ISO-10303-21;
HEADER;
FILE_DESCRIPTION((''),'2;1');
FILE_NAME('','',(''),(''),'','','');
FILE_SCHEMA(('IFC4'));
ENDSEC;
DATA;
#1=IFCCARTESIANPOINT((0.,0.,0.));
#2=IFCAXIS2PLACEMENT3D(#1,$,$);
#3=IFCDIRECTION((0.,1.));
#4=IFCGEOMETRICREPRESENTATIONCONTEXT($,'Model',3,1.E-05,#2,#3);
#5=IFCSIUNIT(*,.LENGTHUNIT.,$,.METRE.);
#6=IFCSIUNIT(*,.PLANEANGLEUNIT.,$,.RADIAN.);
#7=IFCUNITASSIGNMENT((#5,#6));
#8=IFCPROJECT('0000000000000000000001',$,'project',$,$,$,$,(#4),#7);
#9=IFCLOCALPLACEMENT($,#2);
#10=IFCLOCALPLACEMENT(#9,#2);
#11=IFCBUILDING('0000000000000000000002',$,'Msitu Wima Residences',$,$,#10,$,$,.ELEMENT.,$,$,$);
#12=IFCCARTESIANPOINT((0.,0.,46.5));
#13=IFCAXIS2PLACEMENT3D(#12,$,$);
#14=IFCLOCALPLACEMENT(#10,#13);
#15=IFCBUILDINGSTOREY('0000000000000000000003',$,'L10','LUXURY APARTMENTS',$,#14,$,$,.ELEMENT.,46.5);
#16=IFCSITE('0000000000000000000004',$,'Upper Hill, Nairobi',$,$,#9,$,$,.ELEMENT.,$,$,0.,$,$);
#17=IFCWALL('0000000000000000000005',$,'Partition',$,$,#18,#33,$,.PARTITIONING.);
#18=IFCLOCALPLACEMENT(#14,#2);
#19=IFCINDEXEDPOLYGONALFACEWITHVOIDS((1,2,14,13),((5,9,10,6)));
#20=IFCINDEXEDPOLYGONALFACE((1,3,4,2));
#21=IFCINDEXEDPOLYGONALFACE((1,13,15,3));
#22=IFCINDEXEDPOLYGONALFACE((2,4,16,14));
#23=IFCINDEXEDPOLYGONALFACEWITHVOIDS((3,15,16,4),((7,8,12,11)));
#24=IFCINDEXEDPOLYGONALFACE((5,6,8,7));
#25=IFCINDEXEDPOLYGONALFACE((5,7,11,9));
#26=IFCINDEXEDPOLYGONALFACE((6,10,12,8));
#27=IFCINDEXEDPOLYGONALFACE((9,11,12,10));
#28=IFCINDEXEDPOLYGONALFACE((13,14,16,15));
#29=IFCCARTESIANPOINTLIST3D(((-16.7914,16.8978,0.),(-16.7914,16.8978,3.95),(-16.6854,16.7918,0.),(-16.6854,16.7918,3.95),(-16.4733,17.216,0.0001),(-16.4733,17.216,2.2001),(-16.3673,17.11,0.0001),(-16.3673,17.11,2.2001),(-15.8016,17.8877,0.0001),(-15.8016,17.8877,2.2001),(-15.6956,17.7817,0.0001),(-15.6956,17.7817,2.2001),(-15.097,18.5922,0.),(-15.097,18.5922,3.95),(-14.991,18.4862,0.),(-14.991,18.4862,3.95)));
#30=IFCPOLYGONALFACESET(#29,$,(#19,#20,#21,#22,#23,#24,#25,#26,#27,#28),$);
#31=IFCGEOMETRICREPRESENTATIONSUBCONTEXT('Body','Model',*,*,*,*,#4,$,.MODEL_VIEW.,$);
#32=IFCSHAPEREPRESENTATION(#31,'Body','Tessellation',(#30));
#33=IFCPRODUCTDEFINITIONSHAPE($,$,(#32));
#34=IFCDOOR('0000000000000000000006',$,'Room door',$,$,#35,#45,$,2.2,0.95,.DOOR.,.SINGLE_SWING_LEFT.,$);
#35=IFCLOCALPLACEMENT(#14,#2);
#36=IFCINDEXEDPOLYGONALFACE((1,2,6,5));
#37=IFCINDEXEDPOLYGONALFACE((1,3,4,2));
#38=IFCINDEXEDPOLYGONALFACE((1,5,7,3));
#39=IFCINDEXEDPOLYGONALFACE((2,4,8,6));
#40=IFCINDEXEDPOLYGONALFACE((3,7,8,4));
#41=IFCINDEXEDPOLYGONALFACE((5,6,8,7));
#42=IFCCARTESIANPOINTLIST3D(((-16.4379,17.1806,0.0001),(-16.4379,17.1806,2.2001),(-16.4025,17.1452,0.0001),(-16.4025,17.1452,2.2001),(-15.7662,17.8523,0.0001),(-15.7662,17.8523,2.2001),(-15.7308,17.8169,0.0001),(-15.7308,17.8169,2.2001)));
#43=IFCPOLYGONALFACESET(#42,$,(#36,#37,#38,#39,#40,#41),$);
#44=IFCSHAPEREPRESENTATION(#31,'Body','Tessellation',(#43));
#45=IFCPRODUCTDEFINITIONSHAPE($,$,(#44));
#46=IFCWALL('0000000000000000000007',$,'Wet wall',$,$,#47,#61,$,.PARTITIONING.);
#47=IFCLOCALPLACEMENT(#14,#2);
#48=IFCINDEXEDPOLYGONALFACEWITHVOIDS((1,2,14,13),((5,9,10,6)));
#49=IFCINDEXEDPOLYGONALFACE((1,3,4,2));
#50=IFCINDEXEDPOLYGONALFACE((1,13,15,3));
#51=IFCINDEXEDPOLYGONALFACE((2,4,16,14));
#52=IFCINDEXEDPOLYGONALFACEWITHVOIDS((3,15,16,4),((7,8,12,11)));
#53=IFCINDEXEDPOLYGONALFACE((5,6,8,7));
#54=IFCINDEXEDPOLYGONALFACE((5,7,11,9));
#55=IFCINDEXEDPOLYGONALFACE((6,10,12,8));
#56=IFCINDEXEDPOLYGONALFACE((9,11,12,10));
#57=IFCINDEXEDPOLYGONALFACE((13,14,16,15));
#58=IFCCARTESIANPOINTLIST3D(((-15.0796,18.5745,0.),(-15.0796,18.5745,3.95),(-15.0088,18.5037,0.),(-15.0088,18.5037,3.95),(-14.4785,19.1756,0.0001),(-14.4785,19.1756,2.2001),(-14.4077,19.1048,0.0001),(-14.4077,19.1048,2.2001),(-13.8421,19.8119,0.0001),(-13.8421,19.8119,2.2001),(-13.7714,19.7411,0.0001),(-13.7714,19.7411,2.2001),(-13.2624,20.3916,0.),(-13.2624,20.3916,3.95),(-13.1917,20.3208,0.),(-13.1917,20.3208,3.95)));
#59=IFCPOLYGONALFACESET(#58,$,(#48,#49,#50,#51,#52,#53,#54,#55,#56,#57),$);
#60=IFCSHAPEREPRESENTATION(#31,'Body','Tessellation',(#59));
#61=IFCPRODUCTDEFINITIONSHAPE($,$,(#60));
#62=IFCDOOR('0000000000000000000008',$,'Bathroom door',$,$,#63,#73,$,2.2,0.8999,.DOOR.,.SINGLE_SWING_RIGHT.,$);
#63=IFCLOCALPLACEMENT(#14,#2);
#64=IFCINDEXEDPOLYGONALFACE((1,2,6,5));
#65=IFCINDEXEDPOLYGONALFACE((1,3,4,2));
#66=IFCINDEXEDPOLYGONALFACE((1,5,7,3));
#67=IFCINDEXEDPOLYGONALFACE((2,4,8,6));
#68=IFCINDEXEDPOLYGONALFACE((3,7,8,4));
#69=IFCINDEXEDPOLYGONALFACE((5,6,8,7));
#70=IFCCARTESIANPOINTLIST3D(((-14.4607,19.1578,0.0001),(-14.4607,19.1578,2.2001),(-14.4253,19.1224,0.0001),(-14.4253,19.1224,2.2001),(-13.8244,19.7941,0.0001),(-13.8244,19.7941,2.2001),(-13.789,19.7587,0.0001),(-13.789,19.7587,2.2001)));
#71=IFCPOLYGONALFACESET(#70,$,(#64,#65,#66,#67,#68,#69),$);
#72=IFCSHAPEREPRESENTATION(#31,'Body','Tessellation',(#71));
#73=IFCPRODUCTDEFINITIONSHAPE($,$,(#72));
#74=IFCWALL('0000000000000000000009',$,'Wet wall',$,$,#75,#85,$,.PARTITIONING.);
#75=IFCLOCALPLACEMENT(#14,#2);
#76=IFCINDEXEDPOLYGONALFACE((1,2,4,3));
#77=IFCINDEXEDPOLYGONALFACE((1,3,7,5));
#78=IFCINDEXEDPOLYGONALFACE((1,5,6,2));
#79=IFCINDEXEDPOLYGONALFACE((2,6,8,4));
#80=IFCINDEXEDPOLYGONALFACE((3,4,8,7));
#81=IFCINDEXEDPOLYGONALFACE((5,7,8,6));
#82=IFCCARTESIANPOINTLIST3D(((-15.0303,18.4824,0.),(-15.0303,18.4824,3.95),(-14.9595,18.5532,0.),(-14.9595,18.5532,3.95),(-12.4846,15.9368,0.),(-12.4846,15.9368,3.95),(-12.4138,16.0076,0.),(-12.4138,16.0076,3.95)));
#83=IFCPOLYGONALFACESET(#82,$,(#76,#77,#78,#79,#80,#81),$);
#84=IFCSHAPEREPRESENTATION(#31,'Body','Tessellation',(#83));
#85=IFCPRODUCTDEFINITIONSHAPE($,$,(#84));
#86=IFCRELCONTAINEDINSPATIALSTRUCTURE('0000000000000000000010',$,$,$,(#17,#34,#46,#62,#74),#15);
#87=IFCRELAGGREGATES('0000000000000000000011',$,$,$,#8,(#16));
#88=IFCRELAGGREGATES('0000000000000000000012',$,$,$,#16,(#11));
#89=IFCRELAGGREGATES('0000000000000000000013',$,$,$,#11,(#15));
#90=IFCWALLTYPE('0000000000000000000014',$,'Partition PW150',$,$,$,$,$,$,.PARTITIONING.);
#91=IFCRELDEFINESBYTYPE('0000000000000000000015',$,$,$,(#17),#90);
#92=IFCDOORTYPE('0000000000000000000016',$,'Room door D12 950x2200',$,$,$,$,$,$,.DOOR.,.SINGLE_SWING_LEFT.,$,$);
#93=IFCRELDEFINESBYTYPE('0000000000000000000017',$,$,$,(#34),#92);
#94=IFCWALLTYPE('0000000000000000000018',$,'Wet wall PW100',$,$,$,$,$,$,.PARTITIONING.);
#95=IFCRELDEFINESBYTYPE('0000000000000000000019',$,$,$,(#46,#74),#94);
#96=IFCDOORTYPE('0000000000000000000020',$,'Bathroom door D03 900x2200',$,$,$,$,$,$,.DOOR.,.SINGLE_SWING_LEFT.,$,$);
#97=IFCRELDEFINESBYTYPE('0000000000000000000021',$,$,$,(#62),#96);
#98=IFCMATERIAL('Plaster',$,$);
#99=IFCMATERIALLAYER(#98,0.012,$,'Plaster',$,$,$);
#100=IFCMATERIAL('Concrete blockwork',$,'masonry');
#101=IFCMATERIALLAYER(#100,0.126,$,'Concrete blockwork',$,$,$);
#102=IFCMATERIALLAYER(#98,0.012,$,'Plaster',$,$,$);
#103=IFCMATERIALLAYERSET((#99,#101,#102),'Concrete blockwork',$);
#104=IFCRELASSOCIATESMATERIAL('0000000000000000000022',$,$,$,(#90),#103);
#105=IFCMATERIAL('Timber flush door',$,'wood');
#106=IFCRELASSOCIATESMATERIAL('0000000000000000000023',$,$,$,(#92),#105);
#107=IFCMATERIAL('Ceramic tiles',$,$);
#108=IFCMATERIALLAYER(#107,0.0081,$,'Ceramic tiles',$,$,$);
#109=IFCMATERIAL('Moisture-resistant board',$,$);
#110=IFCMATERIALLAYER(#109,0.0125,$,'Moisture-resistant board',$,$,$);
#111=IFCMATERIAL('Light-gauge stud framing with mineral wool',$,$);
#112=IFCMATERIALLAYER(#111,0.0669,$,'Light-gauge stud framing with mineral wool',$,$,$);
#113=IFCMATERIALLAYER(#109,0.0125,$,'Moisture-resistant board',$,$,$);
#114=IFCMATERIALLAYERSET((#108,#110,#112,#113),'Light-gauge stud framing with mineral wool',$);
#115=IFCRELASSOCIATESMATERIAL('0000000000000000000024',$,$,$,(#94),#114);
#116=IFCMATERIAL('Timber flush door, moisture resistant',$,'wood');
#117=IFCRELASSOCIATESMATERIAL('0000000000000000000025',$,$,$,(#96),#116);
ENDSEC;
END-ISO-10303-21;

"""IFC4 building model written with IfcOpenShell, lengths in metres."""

from ifc_helpers import new_model, si_unit, direction, frame, frame_2d, origin, place, context, subcontext, project, spatial, rectangle, extrude, material, layer, layer_set, type_object, element, fill, save


model = new_model("IFC4")

# Units and contexts
model_context = context("Model", 3, precision=1e-05, world=origin(), true_north=direction((0.0, 1.0)))
body_context = subcontext(model_context, "Body", "Model", "MODEL_VIEW")
ifc_project = project(units=[si_unit("LENGTHUNIT", "METRE"), si_unit("PLANEANGLEUNIT", "RADIAN")], contexts=[model_context])

# Site, building, storey
site_placement = place(None, origin())
site = spatial("IfcSite", under=ifc_project, at=site_placement, Name="Upper Hill, Nairobi", CompositionType="ELEMENT", RefElevation=0.0)
building_placement = place(site_placement, origin())
building = spatial("IfcBuilding", under=site, at=building_placement, Name="Msitu Wima Residences", CompositionType="ELEMENT")
storey_placement = place(building_placement, frame((0.0, 0.0, 46.5)))
storey = spatial("IfcBuildingStorey", under=building, at=storey_placement, Name="L10", Description="LUXURY APARTMENTS", CompositionType="ELEMENT", Elevation=46.5)

# Shared definitions
ifc_material_1 = material(Name="Plaster")
ifc_layer_1 = layer(ifc_material_1, 0.012, Name="Plaster")
ifc_material_2 = material(Name="Concrete blockwork", Category="masonry")
ifc_layer_2 = layer(ifc_material_2, 0.126, Name="Concrete blockwork")
ifc_layer_3 = layer(ifc_material_1, 0.012, Name="Plaster")
ifc_layer_set_1 = layer_set([ifc_layer_1, ifc_layer_2, ifc_layer_3], Name="Concrete blockwork")
wall_type_1 = type_object("IfcWallType", Name="Partition PW150", PredefinedType="PARTITIONING", material=ifc_layer_set_1)

# Walls, openings, doors
wall_1_placement = place(storey_placement, frame((-16.7385, 16.8447, 0.0), z_axis=(0.0, 0.0, 1.0), x_axis=(0.707107, 0.707107, 0.0)))
wall_1 = element("IfcWall", 1, at=wall_1_placement, inside=storey, type_object=wall_type_1, Name="Partition", PredefinedType="PARTITIONING", context=body_context, shape_type="SweptSolid", body=[
    extrude(rectangle(XDim=2.3962, YDim=0.1499, at=frame_2d((1.1982, 0.0))), origin(), (0.0, 0.0, 1.0), 3.95),
])
opening_1_placement = place(wall_1_placement, frame((0.45, 0.0, 0.0)))
opening_1 = element("IfcOpeningElement", 2, at=opening_1_placement, cuts=wall_1, PredefinedType="OPENING", context=body_context, shape_type="SweptSolid", body=[
    extrude(rectangle(XDim=0.95, YDim=2.2, at=frame_2d((0.4751, 1.1001))), frame((0.0, 0.085, 0.0), z_axis=(0.0, -1.0, 0.0), x_axis=(1.0, 0.0, 0.0)), (0.0, 0.0, 1.0), 0.1699),
])
ifc_material_3 = material(Name="Timber flush door", Category="wood")
door_type_1 = type_object("IfcDoorType", Name="Room door D12 950x2200", OperationType="SINGLE_SWING_LEFT", PredefinedType="DOOR", material=ifc_material_3)
door_1_placement = place(opening_1_placement, origin())
door_1 = element("IfcDoor", 3, at=door_1_placement, inside=storey, type_object=door_type_1, Name="Room door", OperationType="SINGLE_SWING_LEFT", OverallHeight=2.2, OverallWidth=0.95, PredefinedType="DOOR", context=body_context, shape_type="SweptSolid", body=[
    extrude(rectangle(XDim=0.95, YDim=2.2, at=frame_2d((0.4751, 1.1001))), frame((0.0, 0.0249, 0.0), z_axis=(0.0, -1.0, 0.0), x_axis=(1.0, 0.0, 0.0)), (0.0, 0.0, 1.0), 0.05),
])
fill(opening_1, door_1)
ifc_material_4 = material(Name="Ceramic tiles")
ifc_layer_4 = layer(ifc_material_4, 0.0081, Name="Ceramic tiles")
ifc_material_5 = material(Name="Moisture-resistant board")
ifc_layer_5 = layer(ifc_material_5, 0.0125, Name="Moisture-resistant board")
ifc_material_6 = material(Name="Light-gauge stud framing with mineral wool")
ifc_layer_6 = layer(ifc_material_6, 0.0669, Name="Light-gauge stud framing with mineral wool")
ifc_layer_7 = layer(ifc_material_5, 0.0125, Name="Moisture-resistant board")
ifc_layer_set_2 = layer_set([ifc_layer_4, ifc_layer_5, ifc_layer_6, ifc_layer_7], Name="Light-gauge stud framing with mineral wool")
wall_type_2 = type_object("IfcWallType", Name="Wet wall PW100", PredefinedType="PARTITIONING", material=ifc_layer_set_2)
wall_2_placement = place(storey_placement, frame((-15.0442, 18.5391, 0.0), z_axis=(0.0, 0.0, 1.0), x_axis=(0.707107, 0.707107, 0.0)))
wall_2 = element("IfcWall", 4, at=wall_2_placement, inside=storey, type_object=wall_type_2, Name="Wet wall", PredefinedType="PARTITIONING", context=body_context, shape_type="SweptSolid", body=[
    extrude(rectangle(XDim=2.5698, YDim=0.1001, at=frame_2d((1.2849, 0.0))), origin(), (0.0, 0.0, 1.0), 3.95),
])
opening_2_placement = place(wall_2_placement, frame((0.8501, 0.0, 0.0)))
opening_2 = element("IfcOpeningElement", 5, at=opening_2_placement, cuts=wall_2, PredefinedType="OPENING", context=body_context, shape_type="SweptSolid", body=[
    extrude(rectangle(XDim=0.8999, YDim=2.2, at=frame_2d((0.45, 1.1001))), frame((0.0, 0.0601, 0.0), z_axis=(0.0, -1.0, 0.0), x_axis=(1.0, 0.0, 0.0)), (0.0, 0.0, 1.0), 0.1201),
])
ifc_material_7 = material(Name="Timber flush door, moisture resistant", Category="wood")
door_type_2 = type_object("IfcDoorType", Name="Bathroom door D03 900x2200", OperationType="SINGLE_SWING_LEFT", PredefinedType="DOOR", material=ifc_material_7)
door_2_placement = place(opening_2_placement, origin())
door_2 = element("IfcDoor", 6, at=door_2_placement, inside=storey, type_object=door_type_2, Name="Bathroom door", OperationType="SINGLE_SWING_RIGHT", OverallHeight=2.2, OverallWidth=0.8999, PredefinedType="DOOR", context=body_context, shape_type="SweptSolid", body=[
    extrude(rectangle(XDim=0.8999, YDim=2.2, at=frame_2d((0.45, 1.1001))), frame((0.0, 0.0249, 0.0), z_axis=(0.0, -1.0, 0.0), x_axis=(1.0, 0.0, 0.0)), (0.0, 0.0, 1.0), 0.05),
])
fill(opening_2, door_2)

# Wall
wall_3_placement = place(storey_placement, frame((-14.9949, 18.5178, 0.0), z_axis=(0.0, 0.0, 1.0), x_axis=(0.707107, -0.707107, 0.0)))
element("IfcWall", 7, at=wall_3_placement, inside=storey, type_object=wall_type_2, Name="Wet wall", PredefinedType="PARTITIONING", context=body_context, shape_type="SweptSolid", body=[
    extrude(rectangle(XDim=3.6001, YDim=0.1001, at=frame_2d((1.8, 0.0))), origin(), (0.0, 0.0, 1.0), 3.95),
])

save(model, "model.ifc")
